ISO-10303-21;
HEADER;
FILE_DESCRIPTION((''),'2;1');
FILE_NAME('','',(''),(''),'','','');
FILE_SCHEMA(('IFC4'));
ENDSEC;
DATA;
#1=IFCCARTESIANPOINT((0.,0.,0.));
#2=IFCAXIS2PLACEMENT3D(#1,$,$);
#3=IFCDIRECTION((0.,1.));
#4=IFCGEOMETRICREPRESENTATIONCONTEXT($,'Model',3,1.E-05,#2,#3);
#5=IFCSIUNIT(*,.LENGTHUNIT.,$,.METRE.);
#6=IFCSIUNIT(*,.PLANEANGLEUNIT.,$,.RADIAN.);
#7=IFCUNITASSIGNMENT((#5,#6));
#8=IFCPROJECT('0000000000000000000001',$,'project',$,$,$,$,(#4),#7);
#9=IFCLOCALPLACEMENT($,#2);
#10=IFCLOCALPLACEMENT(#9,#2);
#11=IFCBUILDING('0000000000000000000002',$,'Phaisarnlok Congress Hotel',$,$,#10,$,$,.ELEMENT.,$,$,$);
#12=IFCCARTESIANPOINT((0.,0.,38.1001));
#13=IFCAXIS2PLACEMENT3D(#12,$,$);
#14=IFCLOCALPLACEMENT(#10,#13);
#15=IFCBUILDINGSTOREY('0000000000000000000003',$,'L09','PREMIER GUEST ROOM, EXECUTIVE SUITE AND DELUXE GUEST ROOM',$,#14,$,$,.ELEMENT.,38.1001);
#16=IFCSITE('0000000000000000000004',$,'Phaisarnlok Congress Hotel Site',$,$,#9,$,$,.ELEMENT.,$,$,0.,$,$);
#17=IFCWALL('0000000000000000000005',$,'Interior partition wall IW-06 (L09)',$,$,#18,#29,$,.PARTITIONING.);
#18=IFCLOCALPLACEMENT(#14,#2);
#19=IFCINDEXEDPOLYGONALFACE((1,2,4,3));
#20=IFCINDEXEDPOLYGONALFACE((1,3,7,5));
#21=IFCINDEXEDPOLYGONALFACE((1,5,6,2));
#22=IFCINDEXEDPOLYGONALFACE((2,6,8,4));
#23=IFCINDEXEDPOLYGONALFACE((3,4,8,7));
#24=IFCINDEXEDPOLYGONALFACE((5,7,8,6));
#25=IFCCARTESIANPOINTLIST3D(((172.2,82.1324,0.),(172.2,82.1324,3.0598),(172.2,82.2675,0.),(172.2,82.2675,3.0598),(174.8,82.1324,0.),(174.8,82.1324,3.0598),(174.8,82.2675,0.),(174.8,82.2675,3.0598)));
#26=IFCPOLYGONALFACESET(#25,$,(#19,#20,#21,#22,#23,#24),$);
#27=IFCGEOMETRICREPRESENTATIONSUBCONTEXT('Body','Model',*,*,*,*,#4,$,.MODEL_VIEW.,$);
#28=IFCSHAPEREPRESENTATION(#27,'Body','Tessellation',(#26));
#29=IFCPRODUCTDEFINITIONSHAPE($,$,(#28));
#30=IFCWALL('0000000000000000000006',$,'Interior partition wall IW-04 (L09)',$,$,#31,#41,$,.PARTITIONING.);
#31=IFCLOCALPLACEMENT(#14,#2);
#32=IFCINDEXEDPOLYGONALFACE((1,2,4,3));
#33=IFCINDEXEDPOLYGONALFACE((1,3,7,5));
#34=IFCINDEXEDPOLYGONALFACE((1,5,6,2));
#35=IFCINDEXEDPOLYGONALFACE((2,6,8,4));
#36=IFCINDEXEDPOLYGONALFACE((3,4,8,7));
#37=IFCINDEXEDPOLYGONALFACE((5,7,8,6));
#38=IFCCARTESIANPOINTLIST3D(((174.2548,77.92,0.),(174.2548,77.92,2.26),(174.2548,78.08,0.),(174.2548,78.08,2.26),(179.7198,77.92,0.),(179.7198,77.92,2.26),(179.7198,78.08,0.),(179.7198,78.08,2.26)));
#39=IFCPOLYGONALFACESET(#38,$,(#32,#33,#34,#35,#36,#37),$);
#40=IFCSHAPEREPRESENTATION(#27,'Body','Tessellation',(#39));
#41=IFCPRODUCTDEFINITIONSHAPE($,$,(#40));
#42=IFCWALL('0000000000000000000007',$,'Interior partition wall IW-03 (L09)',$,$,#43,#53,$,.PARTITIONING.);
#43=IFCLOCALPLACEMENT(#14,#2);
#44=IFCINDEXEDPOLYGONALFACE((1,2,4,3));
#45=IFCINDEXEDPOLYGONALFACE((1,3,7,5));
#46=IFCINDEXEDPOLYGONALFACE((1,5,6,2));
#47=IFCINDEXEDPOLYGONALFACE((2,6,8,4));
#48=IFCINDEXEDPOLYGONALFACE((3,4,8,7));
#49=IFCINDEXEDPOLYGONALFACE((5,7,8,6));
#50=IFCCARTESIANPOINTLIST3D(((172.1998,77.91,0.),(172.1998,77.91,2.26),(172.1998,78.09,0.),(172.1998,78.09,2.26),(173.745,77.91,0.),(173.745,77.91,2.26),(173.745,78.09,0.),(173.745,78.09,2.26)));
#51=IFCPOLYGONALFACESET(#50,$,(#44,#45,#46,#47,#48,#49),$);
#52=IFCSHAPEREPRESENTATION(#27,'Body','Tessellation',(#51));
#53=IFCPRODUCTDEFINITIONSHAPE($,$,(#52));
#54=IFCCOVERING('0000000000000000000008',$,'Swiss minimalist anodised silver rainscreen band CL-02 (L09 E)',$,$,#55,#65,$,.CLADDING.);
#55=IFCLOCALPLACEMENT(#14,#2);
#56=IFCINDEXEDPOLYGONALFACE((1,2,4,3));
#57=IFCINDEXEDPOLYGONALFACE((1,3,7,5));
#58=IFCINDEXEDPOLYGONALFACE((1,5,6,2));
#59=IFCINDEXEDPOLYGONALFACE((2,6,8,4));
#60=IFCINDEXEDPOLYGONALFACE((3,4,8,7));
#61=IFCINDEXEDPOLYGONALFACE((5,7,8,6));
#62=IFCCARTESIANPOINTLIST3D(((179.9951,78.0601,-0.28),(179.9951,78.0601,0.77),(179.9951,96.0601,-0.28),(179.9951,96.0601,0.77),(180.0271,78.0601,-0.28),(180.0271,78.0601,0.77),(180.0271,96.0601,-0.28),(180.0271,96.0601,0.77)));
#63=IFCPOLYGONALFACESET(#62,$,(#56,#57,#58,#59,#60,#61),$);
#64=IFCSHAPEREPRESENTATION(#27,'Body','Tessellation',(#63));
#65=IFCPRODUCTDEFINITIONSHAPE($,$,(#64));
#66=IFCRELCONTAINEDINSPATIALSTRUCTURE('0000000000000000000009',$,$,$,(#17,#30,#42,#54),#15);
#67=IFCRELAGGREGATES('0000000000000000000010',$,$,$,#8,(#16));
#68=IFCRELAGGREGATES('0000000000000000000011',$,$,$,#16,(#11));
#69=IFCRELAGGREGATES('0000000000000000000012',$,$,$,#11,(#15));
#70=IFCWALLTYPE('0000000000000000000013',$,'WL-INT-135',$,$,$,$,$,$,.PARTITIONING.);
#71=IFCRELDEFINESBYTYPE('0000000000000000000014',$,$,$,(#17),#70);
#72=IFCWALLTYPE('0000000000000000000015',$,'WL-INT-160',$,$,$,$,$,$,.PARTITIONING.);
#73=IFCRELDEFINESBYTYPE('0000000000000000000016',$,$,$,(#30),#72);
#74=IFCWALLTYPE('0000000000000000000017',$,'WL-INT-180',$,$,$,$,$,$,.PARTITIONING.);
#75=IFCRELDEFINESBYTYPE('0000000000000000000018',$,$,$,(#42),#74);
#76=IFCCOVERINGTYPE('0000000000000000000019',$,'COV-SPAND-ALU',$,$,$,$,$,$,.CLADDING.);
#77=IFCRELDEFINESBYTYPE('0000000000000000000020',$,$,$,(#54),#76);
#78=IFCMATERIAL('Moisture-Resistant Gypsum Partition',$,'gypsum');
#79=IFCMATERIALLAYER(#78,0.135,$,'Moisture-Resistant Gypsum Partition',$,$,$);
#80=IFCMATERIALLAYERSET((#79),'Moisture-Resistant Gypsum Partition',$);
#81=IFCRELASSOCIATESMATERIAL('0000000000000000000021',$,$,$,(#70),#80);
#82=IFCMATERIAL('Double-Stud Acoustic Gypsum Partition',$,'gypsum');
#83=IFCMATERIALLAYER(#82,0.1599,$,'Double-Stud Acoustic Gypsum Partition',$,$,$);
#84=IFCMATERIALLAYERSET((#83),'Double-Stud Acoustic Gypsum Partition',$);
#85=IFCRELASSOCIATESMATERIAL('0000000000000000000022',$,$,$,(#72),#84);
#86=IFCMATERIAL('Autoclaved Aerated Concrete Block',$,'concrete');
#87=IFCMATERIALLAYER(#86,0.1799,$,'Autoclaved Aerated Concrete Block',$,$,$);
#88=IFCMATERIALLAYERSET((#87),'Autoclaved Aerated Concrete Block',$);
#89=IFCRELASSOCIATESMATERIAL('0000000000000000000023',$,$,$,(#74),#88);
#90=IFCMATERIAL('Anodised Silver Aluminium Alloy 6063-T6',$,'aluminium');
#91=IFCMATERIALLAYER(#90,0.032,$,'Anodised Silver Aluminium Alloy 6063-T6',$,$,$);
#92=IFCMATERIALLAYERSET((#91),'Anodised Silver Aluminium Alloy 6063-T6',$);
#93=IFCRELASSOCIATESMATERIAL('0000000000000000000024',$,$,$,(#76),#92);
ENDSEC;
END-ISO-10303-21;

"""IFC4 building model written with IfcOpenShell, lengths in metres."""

from ifc_helpers import new_model, si_unit, direction, frame, frame_2d, origin, place, context, subcontext, project, spatial, polyline, rectangle, outline, extrude, material, layer, layer_set, type_object, element, save


model = new_model("IFC4")

# Units and contexts
model_context = context("Model", 3, precision=1e-05, world=origin(), true_north=direction((0.0, 1.0)))
body_context = subcontext(model_context, "Body", "Model", "MODEL_VIEW")
ifc_project = project(units=[si_unit("LENGTHUNIT", "METRE"), si_unit("PLANEANGLEUNIT", "RADIAN")], contexts=[model_context])

# Site, building, storey
site_placement = place(None, origin())
site = spatial("IfcSite", under=ifc_project, at=site_placement, Name="Phaisarnlok Congress Hotel Site", CompositionType="ELEMENT", RefElevation=0.0)
building_placement = place(site_placement, origin())
building = spatial("IfcBuilding", under=site, at=building_placement, Name="Phaisarnlok Congress Hotel", CompositionType="ELEMENT")
storey_placement = place(building_placement, frame((0.0, 0.0, 38.1001)))
storey = spatial("IfcBuildingStorey", under=building, at=storey_placement, Name="L09", Description="PREMIER GUEST ROOM, EXECUTIVE SUITE AND DELUXE GUEST ROOM", CompositionType="ELEMENT", Elevation=38.1001)

# Shared definitions
ifc_material_1 = material(Name="Moisture-Resistant Gypsum Partition", Category="gypsum")
ifc_layer_1 = layer(ifc_material_1, 0.135, Name="Moisture-Resistant Gypsum Partition")
ifc_layer_set_1 = layer_set([ifc_layer_1], Name="Moisture-Resistant Gypsum Partition")
wall_type_1 = type_object("IfcWallType", Name="WL-INT-135", PredefinedType="PARTITIONING", material=ifc_layer_set_1)

# Walls
wall_1_placement = place(storey_placement, frame((172.2, 82.2, 0.0), z_axis=(0.0, 0.0, 1.0), x_axis=(1.0, 0.0, 0.0)))
element("IfcWall", 1, at=wall_1_placement, inside=storey, type_object=wall_type_1, Name="Interior partition wall IW-06 (L09)", PredefinedType="PARTITIONING", context=body_context, shape_type="SweptSolid", body=[
    extrude(rectangle(XDim=2.6001, YDim=0.135, at=frame_2d((1.3, 0.0))), origin(), (0.0, 0.0, 1.0), 3.0598),
])
ifc_material_2 = material(Name="Double-Stud Acoustic Gypsum Partition", Category="gypsum")
ifc_layer_2 = layer(ifc_material_2, 0.1599, Name="Double-Stud Acoustic Gypsum Partition")
ifc_layer_set_2 = layer_set([ifc_layer_2], Name="Double-Stud Acoustic Gypsum Partition")
wall_type_2 = type_object("IfcWallType", Name="WL-INT-160", PredefinedType="PARTITIONING", material=ifc_layer_set_2)
wall_2_placement = place(storey_placement, frame((174.2549, 78.0, 0.0), z_axis=(0.0, 0.0, 1.0), x_axis=(1.0, 0.0, 0.0)))
element("IfcWall", 2, at=wall_2_placement, inside=storey, type_object=wall_type_2, Name="Interior partition wall IW-04 (L09)", PredefinedType="PARTITIONING", context=body_context, shape_type="SweptSolid", body=[
    extrude(rectangle(XDim=5.4651, YDim=0.1599, at=frame_2d((2.7324, 0.0))), origin(), (0.0, 0.0, 1.0), 2.26),
])
ifc_material_3 = material(Name="Autoclaved Aerated Concrete Block", Category="concrete")
ifc_layer_3 = layer(ifc_material_3, 0.1799, Name="Autoclaved Aerated Concrete Block")
ifc_layer_set_3 = layer_set([ifc_layer_3], Name="Autoclaved Aerated Concrete Block")
wall_type_3 = type_object("IfcWallType", Name="WL-INT-180", PredefinedType="PARTITIONING", material=ifc_layer_set_3)
wall_3_placement = place(storey_placement, frame((172.2, 78.0, 0.0), z_axis=(0.0, 0.0, 1.0), x_axis=(1.0, 0.0, 0.0)))
element("IfcWall", 3, at=wall_3_placement, inside=storey, type_object=wall_type_3, Name="Interior partition wall IW-03 (L09)", PredefinedType="PARTITIONING", context=body_context, shape_type="SweptSolid", body=[
    extrude(rectangle(XDim=1.5452, YDim=0.1799, at=frame_2d((0.7725, 0.0))), origin(), (0.0, 0.0, 1.0), 2.26),
])

# Covering
ifc_material_4 = material(Name="Anodised Silver Aluminium Alloy 6063-T6", Category="aluminium")
ifc_layer_4 = layer(ifc_material_4, 0.032, Name="Anodised Silver Aluminium Alloy 6063-T6")
ifc_layer_set_4 = layer_set([ifc_layer_4], Name="Anodised Silver Aluminium Alloy 6063-T6")
covering_type = type_object("IfcCoveringType", Name="COV-SPAND-ALU", PredefinedType="CLADDING", material=ifc_layer_set_4)
covering_placement = place(storey_placement, frame((179.9951, 78.0601, -0.28), z_axis=(1.0, 0.0, 0.0), x_axis=(0.0, 1.0, 0.0)))
element("IfcCovering", 4, at=covering_placement, inside=storey, type_object=covering_type, Name="Swiss minimalist anodised silver rainscreen band CL-02 (L09 E)", PredefinedType="CLADDING", context=body_context, shape_type="SweptSolid", body=[
    extrude(outline(polyline([(0.0, 0.0), (18.0, 0.0), (18.0, 1.05), (0.0, 1.05), (0.0, 0.0)])), origin(), (0.0, 0.0, 1.0), 0.032),
])

save(model, "model.ifc")
